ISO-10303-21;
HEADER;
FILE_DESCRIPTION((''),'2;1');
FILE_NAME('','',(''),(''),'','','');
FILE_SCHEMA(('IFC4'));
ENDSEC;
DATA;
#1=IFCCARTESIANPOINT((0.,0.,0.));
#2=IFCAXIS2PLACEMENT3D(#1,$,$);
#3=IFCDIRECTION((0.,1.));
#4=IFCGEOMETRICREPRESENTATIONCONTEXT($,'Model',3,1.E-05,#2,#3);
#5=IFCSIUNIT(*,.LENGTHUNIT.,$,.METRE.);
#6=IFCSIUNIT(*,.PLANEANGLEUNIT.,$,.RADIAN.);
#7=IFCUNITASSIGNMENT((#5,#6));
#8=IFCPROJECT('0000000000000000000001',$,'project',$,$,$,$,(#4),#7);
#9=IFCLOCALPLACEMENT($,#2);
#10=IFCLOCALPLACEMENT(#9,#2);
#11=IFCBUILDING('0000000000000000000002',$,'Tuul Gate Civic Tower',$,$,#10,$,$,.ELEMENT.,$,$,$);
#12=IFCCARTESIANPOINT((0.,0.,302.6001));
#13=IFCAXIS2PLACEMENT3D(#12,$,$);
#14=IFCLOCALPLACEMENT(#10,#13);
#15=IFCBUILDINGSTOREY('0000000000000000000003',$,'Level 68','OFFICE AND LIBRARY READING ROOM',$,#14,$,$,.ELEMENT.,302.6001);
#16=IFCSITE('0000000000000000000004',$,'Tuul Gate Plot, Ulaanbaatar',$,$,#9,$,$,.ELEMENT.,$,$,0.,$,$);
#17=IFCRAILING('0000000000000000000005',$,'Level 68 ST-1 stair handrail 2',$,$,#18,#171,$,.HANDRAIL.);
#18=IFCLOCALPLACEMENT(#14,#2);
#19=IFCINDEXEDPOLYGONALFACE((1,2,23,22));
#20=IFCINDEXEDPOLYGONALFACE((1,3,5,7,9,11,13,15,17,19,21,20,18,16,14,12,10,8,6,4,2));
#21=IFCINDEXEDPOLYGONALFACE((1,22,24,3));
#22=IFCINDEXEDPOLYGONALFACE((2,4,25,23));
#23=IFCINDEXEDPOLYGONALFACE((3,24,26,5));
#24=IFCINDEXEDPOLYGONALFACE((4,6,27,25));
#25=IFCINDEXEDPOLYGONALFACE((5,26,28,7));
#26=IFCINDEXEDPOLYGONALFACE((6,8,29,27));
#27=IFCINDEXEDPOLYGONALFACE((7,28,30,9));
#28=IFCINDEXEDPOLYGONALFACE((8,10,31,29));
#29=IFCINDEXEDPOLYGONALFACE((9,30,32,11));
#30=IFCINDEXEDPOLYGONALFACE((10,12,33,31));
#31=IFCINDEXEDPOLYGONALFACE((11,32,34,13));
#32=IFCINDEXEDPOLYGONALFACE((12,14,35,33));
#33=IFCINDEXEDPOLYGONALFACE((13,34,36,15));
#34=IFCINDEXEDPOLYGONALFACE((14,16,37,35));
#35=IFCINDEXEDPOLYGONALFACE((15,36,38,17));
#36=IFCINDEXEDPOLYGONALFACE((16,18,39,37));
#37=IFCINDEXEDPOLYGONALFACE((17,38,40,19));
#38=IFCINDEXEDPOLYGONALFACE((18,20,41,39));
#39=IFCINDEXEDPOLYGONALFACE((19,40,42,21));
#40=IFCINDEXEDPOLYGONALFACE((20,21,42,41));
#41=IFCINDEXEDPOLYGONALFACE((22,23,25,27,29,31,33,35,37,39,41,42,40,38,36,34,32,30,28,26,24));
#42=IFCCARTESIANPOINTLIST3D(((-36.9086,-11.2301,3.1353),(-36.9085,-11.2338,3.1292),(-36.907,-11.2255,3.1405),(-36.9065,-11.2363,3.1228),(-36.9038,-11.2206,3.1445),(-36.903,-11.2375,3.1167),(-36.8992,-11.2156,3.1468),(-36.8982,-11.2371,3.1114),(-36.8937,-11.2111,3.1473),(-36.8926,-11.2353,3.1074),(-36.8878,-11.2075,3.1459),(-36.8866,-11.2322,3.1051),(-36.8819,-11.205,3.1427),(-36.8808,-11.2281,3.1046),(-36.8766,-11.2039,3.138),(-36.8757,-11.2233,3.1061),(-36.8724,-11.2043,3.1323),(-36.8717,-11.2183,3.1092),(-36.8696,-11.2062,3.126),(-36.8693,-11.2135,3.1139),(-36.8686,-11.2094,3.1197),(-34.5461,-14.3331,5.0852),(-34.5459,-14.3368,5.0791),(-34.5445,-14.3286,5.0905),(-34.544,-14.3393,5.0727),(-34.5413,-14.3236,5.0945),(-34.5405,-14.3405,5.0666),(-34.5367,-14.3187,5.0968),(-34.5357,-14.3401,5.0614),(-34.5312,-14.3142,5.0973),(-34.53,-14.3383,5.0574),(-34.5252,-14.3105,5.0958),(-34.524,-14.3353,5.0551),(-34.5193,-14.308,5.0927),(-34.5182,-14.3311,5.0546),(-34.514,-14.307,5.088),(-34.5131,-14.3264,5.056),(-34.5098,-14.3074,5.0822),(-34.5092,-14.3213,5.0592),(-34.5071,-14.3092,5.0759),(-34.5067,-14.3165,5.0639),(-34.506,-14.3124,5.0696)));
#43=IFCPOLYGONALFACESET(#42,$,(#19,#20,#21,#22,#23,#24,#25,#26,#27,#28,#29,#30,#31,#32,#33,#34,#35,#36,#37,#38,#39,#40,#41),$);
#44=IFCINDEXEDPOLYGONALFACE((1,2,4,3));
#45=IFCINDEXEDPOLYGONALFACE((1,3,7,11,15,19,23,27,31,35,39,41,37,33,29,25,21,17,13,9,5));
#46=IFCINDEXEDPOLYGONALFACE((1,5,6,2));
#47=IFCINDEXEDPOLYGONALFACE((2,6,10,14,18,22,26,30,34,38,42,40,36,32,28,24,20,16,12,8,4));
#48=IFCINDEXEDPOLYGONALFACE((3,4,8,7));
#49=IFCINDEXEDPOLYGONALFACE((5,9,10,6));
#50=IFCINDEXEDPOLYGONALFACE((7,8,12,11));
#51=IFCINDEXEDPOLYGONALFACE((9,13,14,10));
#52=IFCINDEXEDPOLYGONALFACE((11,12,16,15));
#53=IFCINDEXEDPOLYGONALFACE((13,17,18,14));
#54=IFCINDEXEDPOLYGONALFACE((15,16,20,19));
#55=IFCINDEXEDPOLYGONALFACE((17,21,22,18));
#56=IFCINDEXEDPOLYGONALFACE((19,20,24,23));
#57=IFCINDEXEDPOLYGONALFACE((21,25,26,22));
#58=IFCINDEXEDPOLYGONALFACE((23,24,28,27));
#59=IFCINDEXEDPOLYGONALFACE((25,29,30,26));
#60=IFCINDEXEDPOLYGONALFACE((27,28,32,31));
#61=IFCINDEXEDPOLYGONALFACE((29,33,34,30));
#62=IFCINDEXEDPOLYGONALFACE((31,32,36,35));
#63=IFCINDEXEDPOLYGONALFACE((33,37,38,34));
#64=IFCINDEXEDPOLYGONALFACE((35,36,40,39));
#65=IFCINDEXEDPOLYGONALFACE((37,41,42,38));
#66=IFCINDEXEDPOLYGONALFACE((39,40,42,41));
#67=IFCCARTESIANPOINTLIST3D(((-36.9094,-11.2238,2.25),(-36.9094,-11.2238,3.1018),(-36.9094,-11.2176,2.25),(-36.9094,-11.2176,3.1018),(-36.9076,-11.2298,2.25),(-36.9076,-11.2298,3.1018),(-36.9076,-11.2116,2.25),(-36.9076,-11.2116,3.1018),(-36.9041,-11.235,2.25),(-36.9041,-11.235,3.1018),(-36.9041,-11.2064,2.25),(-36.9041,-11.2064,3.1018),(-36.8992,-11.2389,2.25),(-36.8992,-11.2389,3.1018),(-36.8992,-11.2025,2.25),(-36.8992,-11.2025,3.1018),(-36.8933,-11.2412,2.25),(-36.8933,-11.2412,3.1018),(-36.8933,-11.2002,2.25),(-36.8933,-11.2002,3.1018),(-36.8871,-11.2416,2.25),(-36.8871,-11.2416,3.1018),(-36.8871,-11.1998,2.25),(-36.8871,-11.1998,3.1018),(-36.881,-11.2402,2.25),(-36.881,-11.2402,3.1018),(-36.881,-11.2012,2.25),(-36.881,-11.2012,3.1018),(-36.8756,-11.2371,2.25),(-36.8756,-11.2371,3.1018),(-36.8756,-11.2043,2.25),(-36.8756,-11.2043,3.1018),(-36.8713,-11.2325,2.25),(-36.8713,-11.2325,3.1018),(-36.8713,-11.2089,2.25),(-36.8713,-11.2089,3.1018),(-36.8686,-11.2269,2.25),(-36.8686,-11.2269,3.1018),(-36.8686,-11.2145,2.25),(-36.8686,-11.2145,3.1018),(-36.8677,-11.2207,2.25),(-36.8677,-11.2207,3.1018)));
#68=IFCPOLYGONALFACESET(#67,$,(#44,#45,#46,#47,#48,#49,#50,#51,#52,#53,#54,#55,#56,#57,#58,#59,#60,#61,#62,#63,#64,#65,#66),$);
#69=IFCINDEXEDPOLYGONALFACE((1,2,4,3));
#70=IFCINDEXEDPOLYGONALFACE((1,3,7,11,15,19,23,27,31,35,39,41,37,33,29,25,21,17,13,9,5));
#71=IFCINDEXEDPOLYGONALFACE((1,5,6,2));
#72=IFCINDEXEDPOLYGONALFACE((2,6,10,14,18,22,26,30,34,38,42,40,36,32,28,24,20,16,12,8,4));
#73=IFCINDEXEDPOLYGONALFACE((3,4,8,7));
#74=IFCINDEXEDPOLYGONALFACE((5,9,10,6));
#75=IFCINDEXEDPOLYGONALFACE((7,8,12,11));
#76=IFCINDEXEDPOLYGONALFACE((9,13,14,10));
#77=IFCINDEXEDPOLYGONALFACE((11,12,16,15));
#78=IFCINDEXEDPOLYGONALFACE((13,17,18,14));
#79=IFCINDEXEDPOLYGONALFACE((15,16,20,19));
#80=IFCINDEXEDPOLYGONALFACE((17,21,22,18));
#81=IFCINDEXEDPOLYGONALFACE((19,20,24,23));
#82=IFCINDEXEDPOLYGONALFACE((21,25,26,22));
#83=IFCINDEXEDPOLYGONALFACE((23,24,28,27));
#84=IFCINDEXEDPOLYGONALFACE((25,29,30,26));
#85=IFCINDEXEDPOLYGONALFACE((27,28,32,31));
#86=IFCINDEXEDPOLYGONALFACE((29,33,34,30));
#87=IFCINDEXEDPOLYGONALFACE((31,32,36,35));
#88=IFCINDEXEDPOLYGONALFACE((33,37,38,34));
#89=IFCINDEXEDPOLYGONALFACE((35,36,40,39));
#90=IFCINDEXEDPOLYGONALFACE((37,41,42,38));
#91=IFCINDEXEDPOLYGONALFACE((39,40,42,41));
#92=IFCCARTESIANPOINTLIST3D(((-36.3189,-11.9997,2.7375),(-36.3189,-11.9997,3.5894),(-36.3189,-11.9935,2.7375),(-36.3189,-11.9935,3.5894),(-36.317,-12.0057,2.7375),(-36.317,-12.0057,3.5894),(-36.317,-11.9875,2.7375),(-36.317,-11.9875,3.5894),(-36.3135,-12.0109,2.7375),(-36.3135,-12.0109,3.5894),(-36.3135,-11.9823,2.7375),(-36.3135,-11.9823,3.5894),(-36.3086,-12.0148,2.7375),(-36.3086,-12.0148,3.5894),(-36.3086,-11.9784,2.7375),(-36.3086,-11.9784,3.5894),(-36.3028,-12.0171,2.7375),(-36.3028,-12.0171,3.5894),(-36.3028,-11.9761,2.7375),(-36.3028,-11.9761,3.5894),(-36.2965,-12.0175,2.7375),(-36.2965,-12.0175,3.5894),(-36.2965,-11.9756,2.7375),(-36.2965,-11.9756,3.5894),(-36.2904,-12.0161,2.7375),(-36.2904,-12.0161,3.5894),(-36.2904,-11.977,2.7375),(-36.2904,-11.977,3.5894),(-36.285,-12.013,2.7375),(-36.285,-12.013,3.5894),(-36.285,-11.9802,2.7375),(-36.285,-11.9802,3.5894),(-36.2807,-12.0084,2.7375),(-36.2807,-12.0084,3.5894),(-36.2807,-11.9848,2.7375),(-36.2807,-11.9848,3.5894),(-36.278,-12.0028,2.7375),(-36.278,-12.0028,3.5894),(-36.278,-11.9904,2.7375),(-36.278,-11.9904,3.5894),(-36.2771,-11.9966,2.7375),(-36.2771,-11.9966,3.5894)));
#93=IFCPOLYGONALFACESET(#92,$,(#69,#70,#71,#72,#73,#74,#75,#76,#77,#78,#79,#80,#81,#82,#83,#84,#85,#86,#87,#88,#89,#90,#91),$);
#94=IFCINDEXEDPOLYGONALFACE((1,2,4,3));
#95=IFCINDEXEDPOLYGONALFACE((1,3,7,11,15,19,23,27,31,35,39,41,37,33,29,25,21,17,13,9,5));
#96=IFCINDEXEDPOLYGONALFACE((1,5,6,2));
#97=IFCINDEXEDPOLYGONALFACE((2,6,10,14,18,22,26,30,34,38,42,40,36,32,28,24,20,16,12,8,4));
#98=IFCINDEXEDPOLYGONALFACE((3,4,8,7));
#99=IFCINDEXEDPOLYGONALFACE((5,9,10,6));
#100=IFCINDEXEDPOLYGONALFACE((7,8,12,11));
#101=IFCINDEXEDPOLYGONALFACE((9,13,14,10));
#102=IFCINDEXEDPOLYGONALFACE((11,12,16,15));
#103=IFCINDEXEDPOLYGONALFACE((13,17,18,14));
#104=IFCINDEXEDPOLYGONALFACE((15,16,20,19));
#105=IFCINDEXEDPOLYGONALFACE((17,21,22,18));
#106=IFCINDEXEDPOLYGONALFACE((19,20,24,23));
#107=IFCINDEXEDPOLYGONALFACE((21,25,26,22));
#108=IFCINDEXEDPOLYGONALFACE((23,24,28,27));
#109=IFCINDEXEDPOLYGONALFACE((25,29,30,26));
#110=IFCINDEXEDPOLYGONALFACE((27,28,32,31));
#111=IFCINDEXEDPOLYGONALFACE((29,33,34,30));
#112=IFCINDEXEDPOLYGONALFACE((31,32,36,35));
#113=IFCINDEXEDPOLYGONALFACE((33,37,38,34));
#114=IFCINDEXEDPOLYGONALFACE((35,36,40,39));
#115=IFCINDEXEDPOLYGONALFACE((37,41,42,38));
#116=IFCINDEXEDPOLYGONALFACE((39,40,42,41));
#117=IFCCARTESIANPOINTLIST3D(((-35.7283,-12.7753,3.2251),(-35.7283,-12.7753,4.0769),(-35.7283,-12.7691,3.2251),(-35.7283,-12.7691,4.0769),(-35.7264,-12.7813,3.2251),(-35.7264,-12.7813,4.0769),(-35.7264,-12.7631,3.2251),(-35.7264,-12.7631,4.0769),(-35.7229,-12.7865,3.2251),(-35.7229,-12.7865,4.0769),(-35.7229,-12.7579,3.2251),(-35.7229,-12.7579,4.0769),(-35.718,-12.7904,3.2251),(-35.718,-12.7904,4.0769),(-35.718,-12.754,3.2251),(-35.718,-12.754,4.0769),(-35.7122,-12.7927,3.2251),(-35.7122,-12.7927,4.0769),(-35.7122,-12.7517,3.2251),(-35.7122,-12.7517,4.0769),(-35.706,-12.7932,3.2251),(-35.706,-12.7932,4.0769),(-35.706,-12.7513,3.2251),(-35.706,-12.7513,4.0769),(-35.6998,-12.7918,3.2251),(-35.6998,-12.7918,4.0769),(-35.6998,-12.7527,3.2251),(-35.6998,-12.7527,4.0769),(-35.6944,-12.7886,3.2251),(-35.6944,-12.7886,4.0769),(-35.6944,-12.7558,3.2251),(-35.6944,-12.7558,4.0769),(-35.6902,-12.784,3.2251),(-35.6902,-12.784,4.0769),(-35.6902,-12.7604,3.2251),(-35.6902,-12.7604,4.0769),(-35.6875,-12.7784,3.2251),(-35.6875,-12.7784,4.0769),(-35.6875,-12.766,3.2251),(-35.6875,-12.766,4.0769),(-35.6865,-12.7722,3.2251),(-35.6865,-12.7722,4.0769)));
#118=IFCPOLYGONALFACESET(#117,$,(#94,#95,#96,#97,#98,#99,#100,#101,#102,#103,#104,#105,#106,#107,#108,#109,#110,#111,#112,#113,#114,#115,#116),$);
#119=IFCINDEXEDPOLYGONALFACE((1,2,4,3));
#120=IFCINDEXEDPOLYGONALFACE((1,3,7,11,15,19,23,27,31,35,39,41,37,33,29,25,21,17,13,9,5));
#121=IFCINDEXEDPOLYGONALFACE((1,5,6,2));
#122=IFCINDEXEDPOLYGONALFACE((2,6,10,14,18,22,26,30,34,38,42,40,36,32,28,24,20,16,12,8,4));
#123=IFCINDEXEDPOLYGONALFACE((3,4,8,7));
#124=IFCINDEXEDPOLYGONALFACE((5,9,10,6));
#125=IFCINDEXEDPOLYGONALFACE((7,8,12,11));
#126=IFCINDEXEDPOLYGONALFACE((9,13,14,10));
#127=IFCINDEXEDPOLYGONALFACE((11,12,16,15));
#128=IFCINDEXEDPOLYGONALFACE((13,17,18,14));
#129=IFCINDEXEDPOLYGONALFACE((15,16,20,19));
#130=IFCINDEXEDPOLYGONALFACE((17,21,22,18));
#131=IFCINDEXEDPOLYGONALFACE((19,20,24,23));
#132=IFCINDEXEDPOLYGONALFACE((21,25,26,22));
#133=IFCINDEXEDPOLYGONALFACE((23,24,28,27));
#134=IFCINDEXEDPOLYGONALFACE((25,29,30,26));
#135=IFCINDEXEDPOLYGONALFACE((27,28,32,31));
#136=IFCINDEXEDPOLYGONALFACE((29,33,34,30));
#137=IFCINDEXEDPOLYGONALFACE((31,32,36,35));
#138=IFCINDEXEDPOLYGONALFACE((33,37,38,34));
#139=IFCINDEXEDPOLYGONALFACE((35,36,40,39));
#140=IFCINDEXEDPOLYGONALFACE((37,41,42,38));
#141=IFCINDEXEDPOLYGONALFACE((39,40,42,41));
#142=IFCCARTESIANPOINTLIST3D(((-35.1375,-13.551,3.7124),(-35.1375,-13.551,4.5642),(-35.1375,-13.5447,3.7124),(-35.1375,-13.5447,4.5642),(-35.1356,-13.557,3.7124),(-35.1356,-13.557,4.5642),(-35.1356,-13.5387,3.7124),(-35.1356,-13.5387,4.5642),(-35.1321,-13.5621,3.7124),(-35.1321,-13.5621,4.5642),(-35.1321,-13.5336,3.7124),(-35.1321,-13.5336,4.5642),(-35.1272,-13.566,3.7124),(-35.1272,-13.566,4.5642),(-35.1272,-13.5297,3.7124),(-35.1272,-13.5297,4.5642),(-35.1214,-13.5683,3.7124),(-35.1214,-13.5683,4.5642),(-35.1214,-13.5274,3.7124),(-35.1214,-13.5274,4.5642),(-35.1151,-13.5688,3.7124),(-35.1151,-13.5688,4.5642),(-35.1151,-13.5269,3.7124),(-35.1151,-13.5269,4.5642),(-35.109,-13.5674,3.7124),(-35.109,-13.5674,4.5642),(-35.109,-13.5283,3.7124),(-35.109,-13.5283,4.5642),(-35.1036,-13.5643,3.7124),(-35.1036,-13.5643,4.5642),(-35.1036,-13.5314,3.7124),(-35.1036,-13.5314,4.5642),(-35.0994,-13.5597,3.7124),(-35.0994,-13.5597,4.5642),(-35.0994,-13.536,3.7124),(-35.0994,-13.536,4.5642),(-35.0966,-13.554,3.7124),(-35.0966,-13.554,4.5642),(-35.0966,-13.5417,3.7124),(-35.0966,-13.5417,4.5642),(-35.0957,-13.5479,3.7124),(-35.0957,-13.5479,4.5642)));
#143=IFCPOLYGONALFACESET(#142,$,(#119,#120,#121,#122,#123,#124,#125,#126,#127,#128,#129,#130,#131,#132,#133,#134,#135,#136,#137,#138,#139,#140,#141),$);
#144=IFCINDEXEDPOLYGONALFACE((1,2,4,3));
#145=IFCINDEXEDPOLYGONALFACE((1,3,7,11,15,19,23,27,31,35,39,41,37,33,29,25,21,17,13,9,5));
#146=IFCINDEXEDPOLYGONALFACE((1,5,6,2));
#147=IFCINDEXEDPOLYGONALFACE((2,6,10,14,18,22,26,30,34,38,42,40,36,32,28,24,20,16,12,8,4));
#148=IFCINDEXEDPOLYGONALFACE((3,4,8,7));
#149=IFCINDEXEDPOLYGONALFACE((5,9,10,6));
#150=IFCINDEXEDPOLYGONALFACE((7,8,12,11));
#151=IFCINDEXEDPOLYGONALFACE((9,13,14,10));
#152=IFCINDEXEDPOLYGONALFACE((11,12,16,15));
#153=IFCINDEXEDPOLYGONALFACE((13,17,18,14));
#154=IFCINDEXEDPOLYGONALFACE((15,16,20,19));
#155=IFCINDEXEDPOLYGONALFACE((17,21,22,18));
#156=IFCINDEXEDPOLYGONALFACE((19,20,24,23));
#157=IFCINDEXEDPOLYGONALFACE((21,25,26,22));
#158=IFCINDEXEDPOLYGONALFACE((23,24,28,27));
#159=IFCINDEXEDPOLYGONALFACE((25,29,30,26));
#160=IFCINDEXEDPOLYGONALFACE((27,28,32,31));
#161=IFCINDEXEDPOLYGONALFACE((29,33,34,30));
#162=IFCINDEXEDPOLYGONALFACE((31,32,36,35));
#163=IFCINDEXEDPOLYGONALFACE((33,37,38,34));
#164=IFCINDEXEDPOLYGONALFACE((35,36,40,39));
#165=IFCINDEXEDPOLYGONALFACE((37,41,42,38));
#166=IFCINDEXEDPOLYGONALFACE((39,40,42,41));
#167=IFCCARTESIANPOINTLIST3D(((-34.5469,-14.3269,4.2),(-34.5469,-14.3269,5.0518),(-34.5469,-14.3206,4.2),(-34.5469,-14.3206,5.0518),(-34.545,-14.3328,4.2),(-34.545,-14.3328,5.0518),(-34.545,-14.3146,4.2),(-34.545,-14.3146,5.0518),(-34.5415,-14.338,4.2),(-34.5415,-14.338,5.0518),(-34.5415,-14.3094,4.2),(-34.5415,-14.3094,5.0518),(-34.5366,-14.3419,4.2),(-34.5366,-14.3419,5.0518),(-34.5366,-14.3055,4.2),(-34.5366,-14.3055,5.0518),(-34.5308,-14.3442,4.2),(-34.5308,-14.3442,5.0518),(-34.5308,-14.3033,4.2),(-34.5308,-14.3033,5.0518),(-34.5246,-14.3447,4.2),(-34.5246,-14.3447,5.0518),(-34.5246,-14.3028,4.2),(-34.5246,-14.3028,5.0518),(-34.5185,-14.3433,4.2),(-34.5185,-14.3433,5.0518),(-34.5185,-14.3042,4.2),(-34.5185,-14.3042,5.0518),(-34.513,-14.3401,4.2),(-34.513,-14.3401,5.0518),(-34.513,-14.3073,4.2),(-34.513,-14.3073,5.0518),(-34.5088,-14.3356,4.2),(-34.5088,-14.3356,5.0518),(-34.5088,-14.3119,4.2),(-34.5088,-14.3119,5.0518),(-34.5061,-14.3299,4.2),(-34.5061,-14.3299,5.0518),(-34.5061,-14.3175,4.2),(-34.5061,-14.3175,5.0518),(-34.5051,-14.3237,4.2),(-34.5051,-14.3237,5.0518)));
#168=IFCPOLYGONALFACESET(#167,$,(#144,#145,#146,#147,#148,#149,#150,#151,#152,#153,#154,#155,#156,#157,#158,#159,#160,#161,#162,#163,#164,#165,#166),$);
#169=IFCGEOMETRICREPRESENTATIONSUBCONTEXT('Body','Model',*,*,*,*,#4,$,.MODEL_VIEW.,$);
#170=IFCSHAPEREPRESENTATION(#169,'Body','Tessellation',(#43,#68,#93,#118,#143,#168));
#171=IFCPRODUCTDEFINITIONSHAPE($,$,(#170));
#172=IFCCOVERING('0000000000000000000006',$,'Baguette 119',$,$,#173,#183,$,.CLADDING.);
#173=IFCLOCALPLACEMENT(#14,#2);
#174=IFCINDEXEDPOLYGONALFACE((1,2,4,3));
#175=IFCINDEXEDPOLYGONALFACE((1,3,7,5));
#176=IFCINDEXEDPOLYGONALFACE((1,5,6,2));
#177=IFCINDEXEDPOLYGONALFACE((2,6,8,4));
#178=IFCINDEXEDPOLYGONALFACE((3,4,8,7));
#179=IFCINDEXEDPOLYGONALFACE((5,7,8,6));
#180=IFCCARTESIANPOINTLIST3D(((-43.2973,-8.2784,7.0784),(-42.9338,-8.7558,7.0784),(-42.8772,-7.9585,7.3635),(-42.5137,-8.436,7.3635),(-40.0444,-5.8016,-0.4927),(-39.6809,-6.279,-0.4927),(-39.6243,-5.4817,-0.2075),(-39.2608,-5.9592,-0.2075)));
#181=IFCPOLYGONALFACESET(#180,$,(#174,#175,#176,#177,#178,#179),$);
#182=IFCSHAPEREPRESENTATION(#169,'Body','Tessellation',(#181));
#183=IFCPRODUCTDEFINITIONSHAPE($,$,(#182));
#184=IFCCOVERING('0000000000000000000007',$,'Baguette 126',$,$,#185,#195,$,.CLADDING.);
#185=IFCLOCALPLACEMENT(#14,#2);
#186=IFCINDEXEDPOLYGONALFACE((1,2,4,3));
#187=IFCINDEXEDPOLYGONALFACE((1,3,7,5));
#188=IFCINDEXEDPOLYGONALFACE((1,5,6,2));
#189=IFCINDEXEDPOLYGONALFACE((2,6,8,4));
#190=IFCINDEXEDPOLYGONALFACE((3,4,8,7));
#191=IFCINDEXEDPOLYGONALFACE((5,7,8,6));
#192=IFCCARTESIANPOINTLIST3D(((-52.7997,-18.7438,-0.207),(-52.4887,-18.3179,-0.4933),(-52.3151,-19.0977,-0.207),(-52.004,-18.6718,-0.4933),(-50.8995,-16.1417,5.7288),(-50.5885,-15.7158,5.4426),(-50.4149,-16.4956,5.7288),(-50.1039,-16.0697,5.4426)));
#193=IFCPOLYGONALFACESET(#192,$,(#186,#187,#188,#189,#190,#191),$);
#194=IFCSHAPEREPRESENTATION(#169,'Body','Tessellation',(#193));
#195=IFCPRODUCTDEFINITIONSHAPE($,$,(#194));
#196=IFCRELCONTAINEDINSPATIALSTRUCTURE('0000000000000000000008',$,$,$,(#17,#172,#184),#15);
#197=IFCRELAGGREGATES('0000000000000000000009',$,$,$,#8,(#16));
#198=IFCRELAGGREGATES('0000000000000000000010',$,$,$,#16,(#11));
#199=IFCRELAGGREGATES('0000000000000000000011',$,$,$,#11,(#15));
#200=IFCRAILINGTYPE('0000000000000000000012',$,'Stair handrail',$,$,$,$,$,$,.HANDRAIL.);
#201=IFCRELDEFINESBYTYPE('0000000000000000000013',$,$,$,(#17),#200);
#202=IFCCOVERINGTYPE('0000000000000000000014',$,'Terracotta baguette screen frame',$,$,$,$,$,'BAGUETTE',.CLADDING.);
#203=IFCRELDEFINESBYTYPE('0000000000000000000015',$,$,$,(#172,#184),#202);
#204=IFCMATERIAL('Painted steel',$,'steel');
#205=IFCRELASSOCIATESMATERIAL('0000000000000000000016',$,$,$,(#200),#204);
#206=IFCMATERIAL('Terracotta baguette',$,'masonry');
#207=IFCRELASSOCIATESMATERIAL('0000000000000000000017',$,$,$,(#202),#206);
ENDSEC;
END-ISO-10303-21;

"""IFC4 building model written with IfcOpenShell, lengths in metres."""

from ifc_helpers import new_model, si_unit, direction, frame, origin, origin_2d, place, context, subcontext, project, spatial, rectangle, circle, extrude, material, material_profile, profile_set, type_object, element, save


model = new_model("IFC4")

# Units and contexts
model_context = context("Model", 3, precision=1e-05, world=origin(), true_north=direction((0.0, 1.0)))
body_context = subcontext(model_context, "Body", "Model", "MODEL_VIEW")
ifc_project = project(units=[si_unit("LENGTHUNIT", "METRE"), si_unit("PLANEANGLEUNIT", "RADIAN")], contexts=[model_context])

# Site, building, storey
site_placement = place(None, origin())
site = spatial("IfcSite", under=ifc_project, at=site_placement, Name="Tuul Gate Plot, Ulaanbaatar", CompositionType="ELEMENT", RefElevation=0.0)
building_placement = place(site_placement, origin())
building = spatial("IfcBuilding", under=site, at=building_placement, Name="Tuul Gate Civic Tower", CompositionType="ELEMENT")
storey_placement = place(building_placement, frame((0.0, 0.0, 302.6001)))
storey = spatial("IfcBuildingStorey", under=building, at=storey_placement, Name="Level 68", Description="OFFICE AND LIBRARY READING ROOM", CompositionType="ELEMENT", Elevation=302.6001)

# Railing
ifc_material_1 = material(Name="Painted steel", Category="steel")
railing_type_1 = type_object("IfcRailingType", Name="Stair handrail", PredefinedType="HANDRAIL", material=ifc_material_1)
railing_1_placement = place(storey_placement, frame((-36.8887, -11.2207, 2.25)))
element("IfcRailing", 1, at=railing_1_placement, inside=storey, type_object=railing_type_1, Name="Level 68 ST-1 stair handrail 2", PredefinedType="HANDRAIL", context=body_context, shape_type="SweptSolid", body=[
    extrude(circle(Radius=0.0239, at=origin_2d()), frame((0.0, 0.0, 0.876), z_axis=(0.541824, -0.711645, 0.4472), x_axis=(0.795637, 0.605773, 0.0)), (0.0, 0.0, 1.0), 4.3604),
    extrude(circle(Radius=0.021, at=origin_2d()), origin(), (0.0, 0.0, 1.0), 0.8518),
    extrude(circle(Radius=0.021, at=origin_2d()), frame((0.5906, -0.7759, 0.4875)), (0.0, 0.0, 1.0), 0.8518),
    extrude(circle(Radius=0.021, at=origin_2d()), frame((1.1812, -1.5515, 0.9751)), (0.0, 0.0, 1.0), 0.8518),
    extrude(circle(Radius=0.021, at=origin_2d()), frame((1.772, -2.3271, 1.4624)), (0.0, 0.0, 1.0), 0.8518),
    extrude(circle(Radius=0.021, at=origin_2d()), frame((2.3625, -3.103, 1.95)), (0.0, 0.0, 1.0), 0.8518),
])

# Coverings
ifc_material_2 = material(Name="Terracotta baguette", Category="masonry")
ifc_material_profile_1 = material_profile(ifc_material_2, rectangle(XDim=0.6001, YDim=0.6001, at=origin_2d()), Name="Terracotta baguette screen frame")
ifc_profile_set_1 = profile_set([ifc_material_profile_1], Name="Terracotta baguette")
covering_type = type_object("IfcCoveringType", Name="Terracotta baguette screen frame", ElementType="BAGUETTE", PredefinedType="CLADDING", material=ifc_profile_set_1)
covering_1_placement = place(storey_placement, frame((-42.9055, -8.3572, 7.2209), z_axis=(0.378051, 0.287851, -0.879897), x_axis=(-0.605793, 0.795622, 0.0)))
element("IfcCovering", 2, at=covering_1_placement, inside=storey, type_object=covering_type, Name="Baguette 119", PredefinedType="CLADDING", context=body_context, shape_type="SweptSolid", body=[
    extrude(rectangle(XDim=0.6001, YDim=0.6001, at=origin_2d()), origin(), (0.0, 0.0, 1.0), 8.6045),
])
covering_2_placement = place(storey_placement, frame((-50.5017, -16.1057, 5.5857), z_axis=(-0.281342, -0.385268, -0.878872), x_axis=(0.807591, -0.589743, 0.0)))
element("IfcCovering", 3, at=covering_2_placement, inside=storey, type_object=covering_type, Name="Baguette 126", PredefinedType="CLADDING", context=body_context, shape_type="SweptSolid", body=[
    extrude(rectangle(XDim=0.6001, YDim=0.6001, at=origin_2d()), origin(), (0.0, 0.0, 1.0), 6.7539),
])

save(model, "model.ifc")
